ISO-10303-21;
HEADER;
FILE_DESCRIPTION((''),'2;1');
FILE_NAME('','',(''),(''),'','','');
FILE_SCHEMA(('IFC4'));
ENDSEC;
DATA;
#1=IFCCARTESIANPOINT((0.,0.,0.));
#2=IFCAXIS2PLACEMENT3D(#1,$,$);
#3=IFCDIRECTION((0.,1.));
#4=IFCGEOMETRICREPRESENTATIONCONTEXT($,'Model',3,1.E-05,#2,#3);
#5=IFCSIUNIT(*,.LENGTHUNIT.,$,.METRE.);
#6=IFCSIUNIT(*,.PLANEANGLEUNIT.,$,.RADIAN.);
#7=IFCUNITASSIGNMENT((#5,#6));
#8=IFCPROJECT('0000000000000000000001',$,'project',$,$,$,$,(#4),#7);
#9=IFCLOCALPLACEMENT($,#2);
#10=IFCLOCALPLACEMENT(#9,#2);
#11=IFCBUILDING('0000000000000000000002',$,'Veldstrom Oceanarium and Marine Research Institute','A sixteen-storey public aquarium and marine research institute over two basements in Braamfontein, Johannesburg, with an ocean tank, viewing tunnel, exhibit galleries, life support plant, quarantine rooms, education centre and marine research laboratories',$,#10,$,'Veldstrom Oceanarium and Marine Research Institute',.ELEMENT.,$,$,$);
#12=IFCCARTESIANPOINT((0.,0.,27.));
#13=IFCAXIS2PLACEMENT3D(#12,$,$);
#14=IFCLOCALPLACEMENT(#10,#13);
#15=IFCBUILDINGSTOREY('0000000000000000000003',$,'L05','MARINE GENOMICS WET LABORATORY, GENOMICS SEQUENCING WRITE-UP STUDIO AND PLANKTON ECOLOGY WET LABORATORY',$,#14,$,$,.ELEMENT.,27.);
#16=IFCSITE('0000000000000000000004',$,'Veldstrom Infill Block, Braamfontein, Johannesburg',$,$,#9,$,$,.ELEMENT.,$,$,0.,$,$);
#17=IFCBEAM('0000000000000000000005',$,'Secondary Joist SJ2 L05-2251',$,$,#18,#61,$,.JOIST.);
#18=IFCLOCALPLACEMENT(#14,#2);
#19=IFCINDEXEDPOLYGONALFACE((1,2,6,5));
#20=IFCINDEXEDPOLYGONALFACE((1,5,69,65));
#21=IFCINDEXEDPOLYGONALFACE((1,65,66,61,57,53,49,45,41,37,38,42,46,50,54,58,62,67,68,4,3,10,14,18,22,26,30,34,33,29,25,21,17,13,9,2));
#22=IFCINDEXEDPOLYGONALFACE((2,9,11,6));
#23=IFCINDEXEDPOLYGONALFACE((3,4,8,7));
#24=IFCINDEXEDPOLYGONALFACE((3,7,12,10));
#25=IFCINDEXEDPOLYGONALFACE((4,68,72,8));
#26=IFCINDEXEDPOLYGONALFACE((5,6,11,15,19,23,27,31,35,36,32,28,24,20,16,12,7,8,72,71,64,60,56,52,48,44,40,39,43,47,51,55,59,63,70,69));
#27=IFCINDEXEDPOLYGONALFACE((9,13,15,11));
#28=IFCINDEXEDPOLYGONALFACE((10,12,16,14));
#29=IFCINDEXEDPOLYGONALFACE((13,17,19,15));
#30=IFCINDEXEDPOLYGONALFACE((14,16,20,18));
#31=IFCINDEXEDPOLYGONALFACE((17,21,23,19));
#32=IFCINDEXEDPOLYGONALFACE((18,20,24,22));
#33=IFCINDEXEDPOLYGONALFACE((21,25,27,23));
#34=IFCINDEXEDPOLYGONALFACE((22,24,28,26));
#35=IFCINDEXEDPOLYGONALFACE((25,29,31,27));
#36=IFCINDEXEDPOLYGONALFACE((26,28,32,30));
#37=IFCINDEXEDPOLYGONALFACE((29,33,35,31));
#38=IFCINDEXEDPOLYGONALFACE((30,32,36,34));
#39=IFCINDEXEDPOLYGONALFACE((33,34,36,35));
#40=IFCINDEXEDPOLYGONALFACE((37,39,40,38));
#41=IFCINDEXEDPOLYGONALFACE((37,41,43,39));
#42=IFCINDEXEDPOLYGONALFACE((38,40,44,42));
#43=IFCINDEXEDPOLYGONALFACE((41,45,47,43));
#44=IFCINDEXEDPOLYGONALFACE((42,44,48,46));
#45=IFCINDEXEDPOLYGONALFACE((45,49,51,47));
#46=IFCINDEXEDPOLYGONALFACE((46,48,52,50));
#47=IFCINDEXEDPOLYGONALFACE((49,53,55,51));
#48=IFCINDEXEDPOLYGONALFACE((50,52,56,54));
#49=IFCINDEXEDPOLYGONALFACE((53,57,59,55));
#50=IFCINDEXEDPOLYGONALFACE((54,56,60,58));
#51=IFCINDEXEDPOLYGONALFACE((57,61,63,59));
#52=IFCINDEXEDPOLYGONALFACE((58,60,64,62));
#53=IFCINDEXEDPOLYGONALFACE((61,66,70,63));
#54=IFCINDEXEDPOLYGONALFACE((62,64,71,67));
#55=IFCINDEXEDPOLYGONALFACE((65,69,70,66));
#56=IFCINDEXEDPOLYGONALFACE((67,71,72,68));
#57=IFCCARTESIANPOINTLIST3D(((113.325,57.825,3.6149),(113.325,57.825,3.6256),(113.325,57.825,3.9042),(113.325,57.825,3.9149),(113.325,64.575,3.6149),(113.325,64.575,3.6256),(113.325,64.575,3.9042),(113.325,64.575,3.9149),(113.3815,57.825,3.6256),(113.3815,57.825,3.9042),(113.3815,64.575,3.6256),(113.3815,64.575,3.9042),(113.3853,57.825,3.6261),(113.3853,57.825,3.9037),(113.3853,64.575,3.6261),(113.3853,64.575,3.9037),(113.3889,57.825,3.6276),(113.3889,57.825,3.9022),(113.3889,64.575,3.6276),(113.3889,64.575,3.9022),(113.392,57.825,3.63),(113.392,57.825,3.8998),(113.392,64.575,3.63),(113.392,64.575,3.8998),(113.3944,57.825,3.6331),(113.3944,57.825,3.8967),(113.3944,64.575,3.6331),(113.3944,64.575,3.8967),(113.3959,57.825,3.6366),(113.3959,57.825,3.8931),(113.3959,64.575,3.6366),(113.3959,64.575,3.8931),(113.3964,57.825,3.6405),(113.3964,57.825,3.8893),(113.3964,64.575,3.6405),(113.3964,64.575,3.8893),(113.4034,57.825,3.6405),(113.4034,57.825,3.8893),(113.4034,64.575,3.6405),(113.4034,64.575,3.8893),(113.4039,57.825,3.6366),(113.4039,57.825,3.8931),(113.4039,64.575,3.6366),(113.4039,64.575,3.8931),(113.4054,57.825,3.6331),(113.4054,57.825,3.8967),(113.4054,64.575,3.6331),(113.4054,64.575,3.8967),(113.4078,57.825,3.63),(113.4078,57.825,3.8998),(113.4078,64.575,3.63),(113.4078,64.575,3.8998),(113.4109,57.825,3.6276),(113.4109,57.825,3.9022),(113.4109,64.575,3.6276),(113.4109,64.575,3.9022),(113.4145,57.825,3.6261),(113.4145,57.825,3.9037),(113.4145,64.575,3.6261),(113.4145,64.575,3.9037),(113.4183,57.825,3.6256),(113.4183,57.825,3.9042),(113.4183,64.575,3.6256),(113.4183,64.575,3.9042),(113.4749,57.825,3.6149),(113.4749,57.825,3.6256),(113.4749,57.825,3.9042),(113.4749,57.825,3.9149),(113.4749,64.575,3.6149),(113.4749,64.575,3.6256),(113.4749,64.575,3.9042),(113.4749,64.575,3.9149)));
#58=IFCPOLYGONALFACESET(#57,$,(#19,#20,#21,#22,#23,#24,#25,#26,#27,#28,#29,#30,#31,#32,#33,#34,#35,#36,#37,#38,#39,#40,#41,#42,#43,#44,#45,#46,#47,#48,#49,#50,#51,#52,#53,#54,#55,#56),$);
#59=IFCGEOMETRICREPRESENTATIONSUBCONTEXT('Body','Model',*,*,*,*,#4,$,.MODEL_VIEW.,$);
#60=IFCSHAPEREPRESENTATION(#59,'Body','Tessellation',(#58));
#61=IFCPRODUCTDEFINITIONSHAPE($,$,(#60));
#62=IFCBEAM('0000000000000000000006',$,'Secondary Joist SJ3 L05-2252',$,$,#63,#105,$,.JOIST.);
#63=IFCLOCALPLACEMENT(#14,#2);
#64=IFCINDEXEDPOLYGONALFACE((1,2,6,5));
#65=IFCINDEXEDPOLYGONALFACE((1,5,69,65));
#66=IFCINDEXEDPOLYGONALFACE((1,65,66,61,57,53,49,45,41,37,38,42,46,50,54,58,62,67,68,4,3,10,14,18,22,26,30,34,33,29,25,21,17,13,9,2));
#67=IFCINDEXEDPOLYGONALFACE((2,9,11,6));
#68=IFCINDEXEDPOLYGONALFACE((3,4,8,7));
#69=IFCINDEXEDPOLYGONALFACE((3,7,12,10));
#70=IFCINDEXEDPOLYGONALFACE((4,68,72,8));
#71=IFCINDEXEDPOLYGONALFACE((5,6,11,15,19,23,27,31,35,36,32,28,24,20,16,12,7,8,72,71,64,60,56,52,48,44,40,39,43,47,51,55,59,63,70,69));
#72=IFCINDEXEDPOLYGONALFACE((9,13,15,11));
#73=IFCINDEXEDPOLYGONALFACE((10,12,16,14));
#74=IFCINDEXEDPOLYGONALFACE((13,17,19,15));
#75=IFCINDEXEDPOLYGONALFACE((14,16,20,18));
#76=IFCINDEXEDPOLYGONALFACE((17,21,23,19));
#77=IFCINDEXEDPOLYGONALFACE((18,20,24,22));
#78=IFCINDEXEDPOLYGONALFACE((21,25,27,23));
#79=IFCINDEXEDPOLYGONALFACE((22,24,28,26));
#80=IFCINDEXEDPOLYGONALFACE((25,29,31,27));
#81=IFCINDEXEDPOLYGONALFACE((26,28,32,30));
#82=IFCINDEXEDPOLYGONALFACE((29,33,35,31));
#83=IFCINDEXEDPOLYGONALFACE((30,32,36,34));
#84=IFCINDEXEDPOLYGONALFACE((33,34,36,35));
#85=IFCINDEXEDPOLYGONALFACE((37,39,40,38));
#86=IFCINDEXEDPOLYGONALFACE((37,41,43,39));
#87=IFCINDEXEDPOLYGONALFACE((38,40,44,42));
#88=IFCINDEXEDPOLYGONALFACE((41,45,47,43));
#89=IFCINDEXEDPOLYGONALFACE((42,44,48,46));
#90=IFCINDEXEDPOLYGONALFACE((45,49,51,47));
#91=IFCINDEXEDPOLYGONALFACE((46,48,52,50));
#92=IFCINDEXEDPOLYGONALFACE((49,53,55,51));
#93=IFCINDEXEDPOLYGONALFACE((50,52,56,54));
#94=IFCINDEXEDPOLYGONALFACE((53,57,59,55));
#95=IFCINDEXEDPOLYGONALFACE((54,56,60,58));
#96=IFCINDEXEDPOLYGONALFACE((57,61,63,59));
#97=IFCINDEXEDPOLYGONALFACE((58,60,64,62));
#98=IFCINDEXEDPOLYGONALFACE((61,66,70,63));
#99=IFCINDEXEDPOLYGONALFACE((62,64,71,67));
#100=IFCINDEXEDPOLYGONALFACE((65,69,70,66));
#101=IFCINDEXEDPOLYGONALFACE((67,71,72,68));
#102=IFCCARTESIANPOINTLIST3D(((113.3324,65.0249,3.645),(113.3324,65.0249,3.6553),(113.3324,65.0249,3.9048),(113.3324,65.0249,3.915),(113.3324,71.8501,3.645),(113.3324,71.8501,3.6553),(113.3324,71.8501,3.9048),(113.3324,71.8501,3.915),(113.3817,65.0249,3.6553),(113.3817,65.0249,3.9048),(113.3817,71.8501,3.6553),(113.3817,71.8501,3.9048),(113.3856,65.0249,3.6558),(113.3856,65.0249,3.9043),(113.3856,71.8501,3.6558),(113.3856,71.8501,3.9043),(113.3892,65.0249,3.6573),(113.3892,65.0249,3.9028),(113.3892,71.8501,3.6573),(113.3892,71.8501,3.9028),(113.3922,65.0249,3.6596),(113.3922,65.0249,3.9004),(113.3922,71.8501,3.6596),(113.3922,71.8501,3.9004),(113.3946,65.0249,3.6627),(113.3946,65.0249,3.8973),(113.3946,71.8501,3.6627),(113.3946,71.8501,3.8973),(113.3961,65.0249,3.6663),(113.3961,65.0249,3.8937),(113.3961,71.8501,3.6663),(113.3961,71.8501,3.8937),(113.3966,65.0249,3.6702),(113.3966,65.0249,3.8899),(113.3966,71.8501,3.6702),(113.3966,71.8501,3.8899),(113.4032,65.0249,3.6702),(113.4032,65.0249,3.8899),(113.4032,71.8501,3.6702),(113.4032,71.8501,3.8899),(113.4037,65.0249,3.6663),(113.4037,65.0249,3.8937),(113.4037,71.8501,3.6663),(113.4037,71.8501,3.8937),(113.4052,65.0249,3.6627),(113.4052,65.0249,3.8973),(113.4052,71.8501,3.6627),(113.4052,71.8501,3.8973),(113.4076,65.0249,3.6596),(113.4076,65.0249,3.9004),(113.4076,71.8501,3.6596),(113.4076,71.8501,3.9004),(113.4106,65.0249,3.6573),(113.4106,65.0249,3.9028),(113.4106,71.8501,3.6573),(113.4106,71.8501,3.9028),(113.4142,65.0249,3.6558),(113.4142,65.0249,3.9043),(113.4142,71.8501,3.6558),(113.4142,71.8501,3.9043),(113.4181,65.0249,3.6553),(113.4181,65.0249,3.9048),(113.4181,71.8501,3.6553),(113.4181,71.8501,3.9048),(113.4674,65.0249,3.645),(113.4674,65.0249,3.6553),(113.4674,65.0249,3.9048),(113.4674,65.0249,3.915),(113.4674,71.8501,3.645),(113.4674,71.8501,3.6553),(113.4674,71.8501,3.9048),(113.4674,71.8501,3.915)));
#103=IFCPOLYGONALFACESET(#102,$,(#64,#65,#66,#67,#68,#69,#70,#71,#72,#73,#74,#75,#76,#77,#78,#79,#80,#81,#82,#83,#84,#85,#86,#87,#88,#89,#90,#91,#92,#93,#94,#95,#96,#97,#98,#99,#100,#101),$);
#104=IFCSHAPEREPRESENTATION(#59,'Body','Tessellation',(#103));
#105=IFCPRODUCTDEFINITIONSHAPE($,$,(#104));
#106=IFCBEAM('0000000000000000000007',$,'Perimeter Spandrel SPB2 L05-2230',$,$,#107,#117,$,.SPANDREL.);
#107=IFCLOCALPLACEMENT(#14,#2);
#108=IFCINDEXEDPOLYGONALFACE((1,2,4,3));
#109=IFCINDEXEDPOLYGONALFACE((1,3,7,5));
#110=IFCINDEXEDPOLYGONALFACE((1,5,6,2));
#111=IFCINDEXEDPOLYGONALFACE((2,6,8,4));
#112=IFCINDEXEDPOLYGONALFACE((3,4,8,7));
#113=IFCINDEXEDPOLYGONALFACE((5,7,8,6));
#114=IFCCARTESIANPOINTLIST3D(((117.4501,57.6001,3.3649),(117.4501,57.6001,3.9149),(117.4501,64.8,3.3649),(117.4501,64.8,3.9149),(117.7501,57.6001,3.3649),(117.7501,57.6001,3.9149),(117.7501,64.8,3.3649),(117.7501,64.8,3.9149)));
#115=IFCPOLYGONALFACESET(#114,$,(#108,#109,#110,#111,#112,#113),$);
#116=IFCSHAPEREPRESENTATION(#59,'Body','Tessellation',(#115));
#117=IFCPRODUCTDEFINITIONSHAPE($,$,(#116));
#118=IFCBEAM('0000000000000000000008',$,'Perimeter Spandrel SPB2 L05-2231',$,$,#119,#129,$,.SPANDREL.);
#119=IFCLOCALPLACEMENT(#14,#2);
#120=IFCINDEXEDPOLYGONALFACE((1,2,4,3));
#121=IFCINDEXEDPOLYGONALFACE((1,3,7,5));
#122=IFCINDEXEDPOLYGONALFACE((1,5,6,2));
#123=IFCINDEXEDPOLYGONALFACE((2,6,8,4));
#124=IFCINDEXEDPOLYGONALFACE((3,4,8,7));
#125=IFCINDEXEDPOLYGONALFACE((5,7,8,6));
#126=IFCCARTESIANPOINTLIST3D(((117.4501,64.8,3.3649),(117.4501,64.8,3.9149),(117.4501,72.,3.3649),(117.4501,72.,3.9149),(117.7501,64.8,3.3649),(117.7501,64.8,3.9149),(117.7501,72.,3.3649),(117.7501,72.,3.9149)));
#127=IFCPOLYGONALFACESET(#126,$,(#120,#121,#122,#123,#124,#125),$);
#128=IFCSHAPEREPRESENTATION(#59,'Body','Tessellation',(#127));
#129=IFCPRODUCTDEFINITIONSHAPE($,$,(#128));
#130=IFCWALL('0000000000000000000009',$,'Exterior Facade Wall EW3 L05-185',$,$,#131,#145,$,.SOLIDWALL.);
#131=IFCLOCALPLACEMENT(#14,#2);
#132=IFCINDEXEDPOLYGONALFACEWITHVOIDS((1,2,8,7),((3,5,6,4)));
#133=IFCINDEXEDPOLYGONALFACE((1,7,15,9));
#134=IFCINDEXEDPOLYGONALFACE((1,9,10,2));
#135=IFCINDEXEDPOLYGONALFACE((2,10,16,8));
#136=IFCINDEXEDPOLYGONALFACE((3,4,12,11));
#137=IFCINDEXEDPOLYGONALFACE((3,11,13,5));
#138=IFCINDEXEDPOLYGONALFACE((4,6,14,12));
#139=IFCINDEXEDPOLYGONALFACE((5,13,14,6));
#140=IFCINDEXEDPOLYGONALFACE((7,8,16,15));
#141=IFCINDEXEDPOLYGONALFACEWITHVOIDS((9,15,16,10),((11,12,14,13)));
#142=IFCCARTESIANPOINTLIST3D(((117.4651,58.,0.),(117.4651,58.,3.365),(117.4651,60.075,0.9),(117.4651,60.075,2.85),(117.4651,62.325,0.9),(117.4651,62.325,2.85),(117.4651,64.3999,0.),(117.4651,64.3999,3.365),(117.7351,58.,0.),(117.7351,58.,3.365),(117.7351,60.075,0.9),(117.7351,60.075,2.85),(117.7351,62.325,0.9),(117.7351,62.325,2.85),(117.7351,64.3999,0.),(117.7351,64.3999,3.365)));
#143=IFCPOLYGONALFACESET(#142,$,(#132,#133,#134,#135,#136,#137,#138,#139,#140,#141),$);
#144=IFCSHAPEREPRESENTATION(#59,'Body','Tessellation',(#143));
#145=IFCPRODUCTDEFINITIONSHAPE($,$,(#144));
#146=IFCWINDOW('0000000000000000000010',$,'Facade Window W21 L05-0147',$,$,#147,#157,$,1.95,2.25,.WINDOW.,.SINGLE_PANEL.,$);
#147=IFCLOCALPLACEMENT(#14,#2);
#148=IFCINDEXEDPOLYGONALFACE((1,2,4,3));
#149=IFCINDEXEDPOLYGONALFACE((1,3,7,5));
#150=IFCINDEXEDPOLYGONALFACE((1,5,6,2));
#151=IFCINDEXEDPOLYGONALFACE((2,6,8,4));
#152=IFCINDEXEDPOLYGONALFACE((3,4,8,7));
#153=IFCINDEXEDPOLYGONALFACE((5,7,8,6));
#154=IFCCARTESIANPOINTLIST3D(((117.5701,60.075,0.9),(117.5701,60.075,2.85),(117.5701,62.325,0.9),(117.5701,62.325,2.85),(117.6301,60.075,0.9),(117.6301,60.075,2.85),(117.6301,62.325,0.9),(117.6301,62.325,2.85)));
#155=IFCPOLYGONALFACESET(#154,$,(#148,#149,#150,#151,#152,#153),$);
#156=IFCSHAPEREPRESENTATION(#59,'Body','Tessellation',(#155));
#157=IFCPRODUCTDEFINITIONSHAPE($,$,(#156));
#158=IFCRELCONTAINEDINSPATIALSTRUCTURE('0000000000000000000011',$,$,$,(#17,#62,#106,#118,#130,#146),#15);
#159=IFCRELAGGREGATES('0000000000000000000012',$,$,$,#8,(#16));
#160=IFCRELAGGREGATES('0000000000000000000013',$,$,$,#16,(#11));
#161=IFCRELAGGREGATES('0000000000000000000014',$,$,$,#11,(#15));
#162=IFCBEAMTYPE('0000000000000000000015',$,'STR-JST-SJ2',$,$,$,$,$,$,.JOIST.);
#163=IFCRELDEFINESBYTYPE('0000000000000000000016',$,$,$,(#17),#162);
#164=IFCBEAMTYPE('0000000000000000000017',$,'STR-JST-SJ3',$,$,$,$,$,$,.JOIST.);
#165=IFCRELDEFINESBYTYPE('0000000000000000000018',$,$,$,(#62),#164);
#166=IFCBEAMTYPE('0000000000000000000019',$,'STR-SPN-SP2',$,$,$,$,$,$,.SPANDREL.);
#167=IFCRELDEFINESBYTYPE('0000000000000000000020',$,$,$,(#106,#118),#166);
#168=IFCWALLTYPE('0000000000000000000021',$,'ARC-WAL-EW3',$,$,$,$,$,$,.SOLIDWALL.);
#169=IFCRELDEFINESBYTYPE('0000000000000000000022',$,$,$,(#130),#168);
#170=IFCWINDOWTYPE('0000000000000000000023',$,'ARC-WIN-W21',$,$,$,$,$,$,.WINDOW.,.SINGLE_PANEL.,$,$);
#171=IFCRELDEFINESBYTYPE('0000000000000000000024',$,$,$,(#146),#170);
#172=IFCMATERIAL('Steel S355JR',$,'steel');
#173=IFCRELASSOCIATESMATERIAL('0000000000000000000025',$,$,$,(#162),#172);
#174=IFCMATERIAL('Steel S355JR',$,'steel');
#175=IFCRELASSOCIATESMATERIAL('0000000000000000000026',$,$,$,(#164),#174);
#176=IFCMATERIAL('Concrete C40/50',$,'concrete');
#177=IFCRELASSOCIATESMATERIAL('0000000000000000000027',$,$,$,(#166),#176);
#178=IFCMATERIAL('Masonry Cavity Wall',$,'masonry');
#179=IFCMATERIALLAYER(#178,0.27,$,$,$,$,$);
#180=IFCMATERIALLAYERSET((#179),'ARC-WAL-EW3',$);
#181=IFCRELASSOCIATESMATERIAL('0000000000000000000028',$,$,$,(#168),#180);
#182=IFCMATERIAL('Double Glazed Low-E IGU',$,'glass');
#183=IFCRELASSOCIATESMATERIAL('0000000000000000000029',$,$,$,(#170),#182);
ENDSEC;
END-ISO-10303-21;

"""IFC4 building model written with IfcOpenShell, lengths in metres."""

from ifc_helpers import new_model, si_unit, direction, frame, frame_2d, origin, origin_2d, place, context, subcontext, project, spatial, rectangle, i_section, extrude, material, layer, layer_set, material_profile, profile_set, type_object, element, fill, save


model = new_model("IFC4")

# Units and contexts
model_context = context("Model", 3, precision=1e-05, world=origin(), true_north=direction((0.0, 1.0)))
body_context = subcontext(model_context, "Body", "Model", "MODEL_VIEW")
ifc_project = project(units=[si_unit("LENGTHUNIT", "METRE"), si_unit("PLANEANGLEUNIT", "RADIAN")], contexts=[model_context])

# Site, building, storey
site_placement = place(None, origin())
site = spatial("IfcSite", under=ifc_project, at=site_placement, Name="Veldstrom Infill Block, Braamfontein, Johannesburg", CompositionType="ELEMENT", RefElevation=0.0)
building_placement = place(site_placement, origin())
building = spatial("IfcBuilding", under=site, at=building_placement, Name="Veldstrom Oceanarium and Marine Research Institute", Description="A sixteen-storey public aquarium and marine research institute over two basements in Braamfontein, Johannesburg, with an ocean tank, viewing tunnel, exhibit galleries, life support plant, quarantine rooms, education centre and marine research laboratories", LongName="Veldstrom Oceanarium and Marine Research Institute", CompositionType="ELEMENT")
storey_placement = place(building_placement, frame((0.0, 0.0, 27.0)))
storey = spatial("IfcBuildingStorey", under=building, at=storey_placement, Name="L05", Description="MARINE GENOMICS WET LABORATORY, GENOMICS SEQUENCING WRITE-UP STUDIO AND PLANKTON ECOLOGY WET LABORATORY", CompositionType="ELEMENT", Elevation=27.0)

# Beams
ifc_material_1 = material(Name="Steel S355JR", Category="steel")
ifc_material_profile_1 = material_profile(ifc_material_1, i_section(OverallWidth=0.1499, OverallDepth=0.3, WebThickness=0.0071, FlangeThickness=0.0107, FilletRadius=0.0149, at=origin_2d()), Name="IPE 300")
ifc_profile_set_1 = profile_set([ifc_material_profile_1], Name="Steel S355JR")
beam_type_1 = type_object("IfcBeamType", Name="STR-JST-SJ2", PredefinedType="JOIST", material=ifc_profile_set_1)
beam_1_placement = place(storey_placement, frame((113.3999, 57.825, 3.7649), z_axis=(0.0, 1.0, 0.0), x_axis=(-1.0, 0.0, 0.0)))
element("IfcBeam", 1, at=beam_1_placement, inside=storey, type_object=beam_type_1, Name="Secondary Joist SJ2 L05-2251", PredefinedType="JOIST", context=body_context, shape_type="SweptSolid", body=[
    extrude(i_section(OverallWidth=0.1499, OverallDepth=0.3, WebThickness=0.0071, FlangeThickness=0.0107, FilletRadius=0.0149, at=origin_2d()), origin(), (0.0, 0.0, 1.0), 6.75),
])
ifc_material_2 = material(Name="Steel S355JR", Category="steel")
ifc_material_profile_2 = material_profile(ifc_material_2, i_section(OverallWidth=0.135, OverallDepth=0.27, WebThickness=0.0066, FlangeThickness=0.0103, FilletRadius=0.0149, at=origin_2d()), Name="IPE 270")
ifc_profile_set_2 = profile_set([ifc_material_profile_2], Name="Steel S355JR")
beam_type_2 = type_object("IfcBeamType", Name="STR-JST-SJ3", PredefinedType="JOIST", material=ifc_profile_set_2)
beam_2_placement = place(storey_placement, frame((113.3999, 65.0249, 3.78), z_axis=(0.0, 1.0, 0.0), x_axis=(-1.0, 0.0, 0.0)))
element("IfcBeam", 2, at=beam_2_placement, inside=storey, type_object=beam_type_2, Name="Secondary Joist SJ3 L05-2252", PredefinedType="JOIST", context=body_context, shape_type="SweptSolid", body=[
    extrude(i_section(OverallWidth=0.135, OverallDepth=0.27, WebThickness=0.0066, FlangeThickness=0.0103, FilletRadius=0.0149, at=origin_2d()), origin(), (0.0, 0.0, 1.0), 6.8252),
])
ifc_material_3 = material(Name="Concrete C40/50", Category="concrete")
ifc_material_profile_3 = material_profile(ifc_material_3, rectangle(XDim=0.3, YDim=0.55, at=origin_2d()), Name="RC-SPN-300x550")
ifc_profile_set_3 = profile_set([ifc_material_profile_3], Name="Concrete C40/50")
beam_type_3 = type_object("IfcBeamType", Name="STR-SPN-SP2", PredefinedType="SPANDREL", material=ifc_profile_set_3)
for number, where, z_axis, x_axis, name in (
    (3, (117.6001, 57.6001, 3.6399), (0.0, 1.0, 0.0), (-1.0, 0.0, 0.0), "Perimeter Spandrel SPB2 L05-2230"),
    (4, (117.6001, 64.8, 3.6399), (0.0, 1.0, 0.0), (-1.0, 0.0, 0.0), "Perimeter Spandrel SPB2 L05-2231"),
):
    element("IfcBeam", number, at=place(storey_placement, frame(where, z_axis=z_axis, x_axis=x_axis)), inside=storey, type_object=beam_type_3, Name=name, PredefinedType="SPANDREL", context=body_context, shape_type="SweptSolid", body=[
        extrude(rectangle(XDim=0.3, YDim=0.55, at=origin_2d()), origin(), (0.0, 0.0, 1.0), 7.2),
    ])

# Wall, opening, window
ifc_material_4 = material(Name="Masonry Cavity Wall", Category="masonry")
ifc_layer_1 = layer(ifc_material_4, 0.27)
ifc_layer_set_1 = layer_set([ifc_layer_1], Name="ARC-WAL-EW3")
wall_type_1 = type_object("IfcWallType", Name="ARC-WAL-EW3", PredefinedType="SOLIDWALL", material=ifc_layer_set_1)
wall_1_placement = place(storey_placement, frame((117.6001, 58.0, 0.0), z_axis=(0.0, 0.0, 1.0), x_axis=(0.0, 1.0, 0.0)))
wall_1 = element("IfcWall", 5, at=wall_1_placement, inside=storey, type_object=wall_type_1, Name="Exterior Facade Wall EW3 L05-185", PredefinedType="SOLIDWALL", context=body_context, shape_type="SweptSolid", body=[
    extrude(rectangle(XDim=6.3999, YDim=0.27, at=frame_2d((3.2, 0.0))), origin(), (0.0, 0.0, 1.0), 3.365),
])
opening_1_placement = place(wall_1_placement, frame((2.075, 0.0, 0.8999)))
opening_1 = element("IfcOpeningElement", 6, at=opening_1_placement, cuts=wall_1, PredefinedType="OPENING", context=body_context, shape_type="SweptSolid", body=[
    extrude(rectangle(XDim=2.25, YDim=1.95, at=frame_2d((1.125, 0.9751))), frame((0.0, 0.145, 0.0), z_axis=(0.0, -1.0, 0.0), x_axis=(1.0, 0.0, 0.0)), (0.0, 0.0, 1.0), 0.29),
])
ifc_material_5 = material(Name="Double Glazed Low-E IGU", Category="glass")
window_type = type_object("IfcWindowType", Name="ARC-WIN-W21", PartitioningType="SINGLE_PANEL", PredefinedType="WINDOW", material=ifc_material_5)
window_placement = place(opening_1_placement, origin())
window = element("IfcWindow", 7, at=window_placement, inside=storey, type_object=window_type, Name="Facade Window W21 L05-0147", OverallHeight=1.95, OverallWidth=2.25, PartitioningType="SINGLE_PANEL", PredefinedType="WINDOW", context=body_context, shape_type="SweptSolid", body=[
    extrude(rectangle(XDim=2.25, YDim=1.95, at=frame_2d((1.125, 0.9751))), frame((0.0, 0.03, 0.0), z_axis=(0.0, -1.0, 0.0), x_axis=(1.0, 0.0, 0.0)), (0.0, 0.0, 1.0), 0.0601),
])
fill(opening_1, window)

save(model, "model.ifc")
